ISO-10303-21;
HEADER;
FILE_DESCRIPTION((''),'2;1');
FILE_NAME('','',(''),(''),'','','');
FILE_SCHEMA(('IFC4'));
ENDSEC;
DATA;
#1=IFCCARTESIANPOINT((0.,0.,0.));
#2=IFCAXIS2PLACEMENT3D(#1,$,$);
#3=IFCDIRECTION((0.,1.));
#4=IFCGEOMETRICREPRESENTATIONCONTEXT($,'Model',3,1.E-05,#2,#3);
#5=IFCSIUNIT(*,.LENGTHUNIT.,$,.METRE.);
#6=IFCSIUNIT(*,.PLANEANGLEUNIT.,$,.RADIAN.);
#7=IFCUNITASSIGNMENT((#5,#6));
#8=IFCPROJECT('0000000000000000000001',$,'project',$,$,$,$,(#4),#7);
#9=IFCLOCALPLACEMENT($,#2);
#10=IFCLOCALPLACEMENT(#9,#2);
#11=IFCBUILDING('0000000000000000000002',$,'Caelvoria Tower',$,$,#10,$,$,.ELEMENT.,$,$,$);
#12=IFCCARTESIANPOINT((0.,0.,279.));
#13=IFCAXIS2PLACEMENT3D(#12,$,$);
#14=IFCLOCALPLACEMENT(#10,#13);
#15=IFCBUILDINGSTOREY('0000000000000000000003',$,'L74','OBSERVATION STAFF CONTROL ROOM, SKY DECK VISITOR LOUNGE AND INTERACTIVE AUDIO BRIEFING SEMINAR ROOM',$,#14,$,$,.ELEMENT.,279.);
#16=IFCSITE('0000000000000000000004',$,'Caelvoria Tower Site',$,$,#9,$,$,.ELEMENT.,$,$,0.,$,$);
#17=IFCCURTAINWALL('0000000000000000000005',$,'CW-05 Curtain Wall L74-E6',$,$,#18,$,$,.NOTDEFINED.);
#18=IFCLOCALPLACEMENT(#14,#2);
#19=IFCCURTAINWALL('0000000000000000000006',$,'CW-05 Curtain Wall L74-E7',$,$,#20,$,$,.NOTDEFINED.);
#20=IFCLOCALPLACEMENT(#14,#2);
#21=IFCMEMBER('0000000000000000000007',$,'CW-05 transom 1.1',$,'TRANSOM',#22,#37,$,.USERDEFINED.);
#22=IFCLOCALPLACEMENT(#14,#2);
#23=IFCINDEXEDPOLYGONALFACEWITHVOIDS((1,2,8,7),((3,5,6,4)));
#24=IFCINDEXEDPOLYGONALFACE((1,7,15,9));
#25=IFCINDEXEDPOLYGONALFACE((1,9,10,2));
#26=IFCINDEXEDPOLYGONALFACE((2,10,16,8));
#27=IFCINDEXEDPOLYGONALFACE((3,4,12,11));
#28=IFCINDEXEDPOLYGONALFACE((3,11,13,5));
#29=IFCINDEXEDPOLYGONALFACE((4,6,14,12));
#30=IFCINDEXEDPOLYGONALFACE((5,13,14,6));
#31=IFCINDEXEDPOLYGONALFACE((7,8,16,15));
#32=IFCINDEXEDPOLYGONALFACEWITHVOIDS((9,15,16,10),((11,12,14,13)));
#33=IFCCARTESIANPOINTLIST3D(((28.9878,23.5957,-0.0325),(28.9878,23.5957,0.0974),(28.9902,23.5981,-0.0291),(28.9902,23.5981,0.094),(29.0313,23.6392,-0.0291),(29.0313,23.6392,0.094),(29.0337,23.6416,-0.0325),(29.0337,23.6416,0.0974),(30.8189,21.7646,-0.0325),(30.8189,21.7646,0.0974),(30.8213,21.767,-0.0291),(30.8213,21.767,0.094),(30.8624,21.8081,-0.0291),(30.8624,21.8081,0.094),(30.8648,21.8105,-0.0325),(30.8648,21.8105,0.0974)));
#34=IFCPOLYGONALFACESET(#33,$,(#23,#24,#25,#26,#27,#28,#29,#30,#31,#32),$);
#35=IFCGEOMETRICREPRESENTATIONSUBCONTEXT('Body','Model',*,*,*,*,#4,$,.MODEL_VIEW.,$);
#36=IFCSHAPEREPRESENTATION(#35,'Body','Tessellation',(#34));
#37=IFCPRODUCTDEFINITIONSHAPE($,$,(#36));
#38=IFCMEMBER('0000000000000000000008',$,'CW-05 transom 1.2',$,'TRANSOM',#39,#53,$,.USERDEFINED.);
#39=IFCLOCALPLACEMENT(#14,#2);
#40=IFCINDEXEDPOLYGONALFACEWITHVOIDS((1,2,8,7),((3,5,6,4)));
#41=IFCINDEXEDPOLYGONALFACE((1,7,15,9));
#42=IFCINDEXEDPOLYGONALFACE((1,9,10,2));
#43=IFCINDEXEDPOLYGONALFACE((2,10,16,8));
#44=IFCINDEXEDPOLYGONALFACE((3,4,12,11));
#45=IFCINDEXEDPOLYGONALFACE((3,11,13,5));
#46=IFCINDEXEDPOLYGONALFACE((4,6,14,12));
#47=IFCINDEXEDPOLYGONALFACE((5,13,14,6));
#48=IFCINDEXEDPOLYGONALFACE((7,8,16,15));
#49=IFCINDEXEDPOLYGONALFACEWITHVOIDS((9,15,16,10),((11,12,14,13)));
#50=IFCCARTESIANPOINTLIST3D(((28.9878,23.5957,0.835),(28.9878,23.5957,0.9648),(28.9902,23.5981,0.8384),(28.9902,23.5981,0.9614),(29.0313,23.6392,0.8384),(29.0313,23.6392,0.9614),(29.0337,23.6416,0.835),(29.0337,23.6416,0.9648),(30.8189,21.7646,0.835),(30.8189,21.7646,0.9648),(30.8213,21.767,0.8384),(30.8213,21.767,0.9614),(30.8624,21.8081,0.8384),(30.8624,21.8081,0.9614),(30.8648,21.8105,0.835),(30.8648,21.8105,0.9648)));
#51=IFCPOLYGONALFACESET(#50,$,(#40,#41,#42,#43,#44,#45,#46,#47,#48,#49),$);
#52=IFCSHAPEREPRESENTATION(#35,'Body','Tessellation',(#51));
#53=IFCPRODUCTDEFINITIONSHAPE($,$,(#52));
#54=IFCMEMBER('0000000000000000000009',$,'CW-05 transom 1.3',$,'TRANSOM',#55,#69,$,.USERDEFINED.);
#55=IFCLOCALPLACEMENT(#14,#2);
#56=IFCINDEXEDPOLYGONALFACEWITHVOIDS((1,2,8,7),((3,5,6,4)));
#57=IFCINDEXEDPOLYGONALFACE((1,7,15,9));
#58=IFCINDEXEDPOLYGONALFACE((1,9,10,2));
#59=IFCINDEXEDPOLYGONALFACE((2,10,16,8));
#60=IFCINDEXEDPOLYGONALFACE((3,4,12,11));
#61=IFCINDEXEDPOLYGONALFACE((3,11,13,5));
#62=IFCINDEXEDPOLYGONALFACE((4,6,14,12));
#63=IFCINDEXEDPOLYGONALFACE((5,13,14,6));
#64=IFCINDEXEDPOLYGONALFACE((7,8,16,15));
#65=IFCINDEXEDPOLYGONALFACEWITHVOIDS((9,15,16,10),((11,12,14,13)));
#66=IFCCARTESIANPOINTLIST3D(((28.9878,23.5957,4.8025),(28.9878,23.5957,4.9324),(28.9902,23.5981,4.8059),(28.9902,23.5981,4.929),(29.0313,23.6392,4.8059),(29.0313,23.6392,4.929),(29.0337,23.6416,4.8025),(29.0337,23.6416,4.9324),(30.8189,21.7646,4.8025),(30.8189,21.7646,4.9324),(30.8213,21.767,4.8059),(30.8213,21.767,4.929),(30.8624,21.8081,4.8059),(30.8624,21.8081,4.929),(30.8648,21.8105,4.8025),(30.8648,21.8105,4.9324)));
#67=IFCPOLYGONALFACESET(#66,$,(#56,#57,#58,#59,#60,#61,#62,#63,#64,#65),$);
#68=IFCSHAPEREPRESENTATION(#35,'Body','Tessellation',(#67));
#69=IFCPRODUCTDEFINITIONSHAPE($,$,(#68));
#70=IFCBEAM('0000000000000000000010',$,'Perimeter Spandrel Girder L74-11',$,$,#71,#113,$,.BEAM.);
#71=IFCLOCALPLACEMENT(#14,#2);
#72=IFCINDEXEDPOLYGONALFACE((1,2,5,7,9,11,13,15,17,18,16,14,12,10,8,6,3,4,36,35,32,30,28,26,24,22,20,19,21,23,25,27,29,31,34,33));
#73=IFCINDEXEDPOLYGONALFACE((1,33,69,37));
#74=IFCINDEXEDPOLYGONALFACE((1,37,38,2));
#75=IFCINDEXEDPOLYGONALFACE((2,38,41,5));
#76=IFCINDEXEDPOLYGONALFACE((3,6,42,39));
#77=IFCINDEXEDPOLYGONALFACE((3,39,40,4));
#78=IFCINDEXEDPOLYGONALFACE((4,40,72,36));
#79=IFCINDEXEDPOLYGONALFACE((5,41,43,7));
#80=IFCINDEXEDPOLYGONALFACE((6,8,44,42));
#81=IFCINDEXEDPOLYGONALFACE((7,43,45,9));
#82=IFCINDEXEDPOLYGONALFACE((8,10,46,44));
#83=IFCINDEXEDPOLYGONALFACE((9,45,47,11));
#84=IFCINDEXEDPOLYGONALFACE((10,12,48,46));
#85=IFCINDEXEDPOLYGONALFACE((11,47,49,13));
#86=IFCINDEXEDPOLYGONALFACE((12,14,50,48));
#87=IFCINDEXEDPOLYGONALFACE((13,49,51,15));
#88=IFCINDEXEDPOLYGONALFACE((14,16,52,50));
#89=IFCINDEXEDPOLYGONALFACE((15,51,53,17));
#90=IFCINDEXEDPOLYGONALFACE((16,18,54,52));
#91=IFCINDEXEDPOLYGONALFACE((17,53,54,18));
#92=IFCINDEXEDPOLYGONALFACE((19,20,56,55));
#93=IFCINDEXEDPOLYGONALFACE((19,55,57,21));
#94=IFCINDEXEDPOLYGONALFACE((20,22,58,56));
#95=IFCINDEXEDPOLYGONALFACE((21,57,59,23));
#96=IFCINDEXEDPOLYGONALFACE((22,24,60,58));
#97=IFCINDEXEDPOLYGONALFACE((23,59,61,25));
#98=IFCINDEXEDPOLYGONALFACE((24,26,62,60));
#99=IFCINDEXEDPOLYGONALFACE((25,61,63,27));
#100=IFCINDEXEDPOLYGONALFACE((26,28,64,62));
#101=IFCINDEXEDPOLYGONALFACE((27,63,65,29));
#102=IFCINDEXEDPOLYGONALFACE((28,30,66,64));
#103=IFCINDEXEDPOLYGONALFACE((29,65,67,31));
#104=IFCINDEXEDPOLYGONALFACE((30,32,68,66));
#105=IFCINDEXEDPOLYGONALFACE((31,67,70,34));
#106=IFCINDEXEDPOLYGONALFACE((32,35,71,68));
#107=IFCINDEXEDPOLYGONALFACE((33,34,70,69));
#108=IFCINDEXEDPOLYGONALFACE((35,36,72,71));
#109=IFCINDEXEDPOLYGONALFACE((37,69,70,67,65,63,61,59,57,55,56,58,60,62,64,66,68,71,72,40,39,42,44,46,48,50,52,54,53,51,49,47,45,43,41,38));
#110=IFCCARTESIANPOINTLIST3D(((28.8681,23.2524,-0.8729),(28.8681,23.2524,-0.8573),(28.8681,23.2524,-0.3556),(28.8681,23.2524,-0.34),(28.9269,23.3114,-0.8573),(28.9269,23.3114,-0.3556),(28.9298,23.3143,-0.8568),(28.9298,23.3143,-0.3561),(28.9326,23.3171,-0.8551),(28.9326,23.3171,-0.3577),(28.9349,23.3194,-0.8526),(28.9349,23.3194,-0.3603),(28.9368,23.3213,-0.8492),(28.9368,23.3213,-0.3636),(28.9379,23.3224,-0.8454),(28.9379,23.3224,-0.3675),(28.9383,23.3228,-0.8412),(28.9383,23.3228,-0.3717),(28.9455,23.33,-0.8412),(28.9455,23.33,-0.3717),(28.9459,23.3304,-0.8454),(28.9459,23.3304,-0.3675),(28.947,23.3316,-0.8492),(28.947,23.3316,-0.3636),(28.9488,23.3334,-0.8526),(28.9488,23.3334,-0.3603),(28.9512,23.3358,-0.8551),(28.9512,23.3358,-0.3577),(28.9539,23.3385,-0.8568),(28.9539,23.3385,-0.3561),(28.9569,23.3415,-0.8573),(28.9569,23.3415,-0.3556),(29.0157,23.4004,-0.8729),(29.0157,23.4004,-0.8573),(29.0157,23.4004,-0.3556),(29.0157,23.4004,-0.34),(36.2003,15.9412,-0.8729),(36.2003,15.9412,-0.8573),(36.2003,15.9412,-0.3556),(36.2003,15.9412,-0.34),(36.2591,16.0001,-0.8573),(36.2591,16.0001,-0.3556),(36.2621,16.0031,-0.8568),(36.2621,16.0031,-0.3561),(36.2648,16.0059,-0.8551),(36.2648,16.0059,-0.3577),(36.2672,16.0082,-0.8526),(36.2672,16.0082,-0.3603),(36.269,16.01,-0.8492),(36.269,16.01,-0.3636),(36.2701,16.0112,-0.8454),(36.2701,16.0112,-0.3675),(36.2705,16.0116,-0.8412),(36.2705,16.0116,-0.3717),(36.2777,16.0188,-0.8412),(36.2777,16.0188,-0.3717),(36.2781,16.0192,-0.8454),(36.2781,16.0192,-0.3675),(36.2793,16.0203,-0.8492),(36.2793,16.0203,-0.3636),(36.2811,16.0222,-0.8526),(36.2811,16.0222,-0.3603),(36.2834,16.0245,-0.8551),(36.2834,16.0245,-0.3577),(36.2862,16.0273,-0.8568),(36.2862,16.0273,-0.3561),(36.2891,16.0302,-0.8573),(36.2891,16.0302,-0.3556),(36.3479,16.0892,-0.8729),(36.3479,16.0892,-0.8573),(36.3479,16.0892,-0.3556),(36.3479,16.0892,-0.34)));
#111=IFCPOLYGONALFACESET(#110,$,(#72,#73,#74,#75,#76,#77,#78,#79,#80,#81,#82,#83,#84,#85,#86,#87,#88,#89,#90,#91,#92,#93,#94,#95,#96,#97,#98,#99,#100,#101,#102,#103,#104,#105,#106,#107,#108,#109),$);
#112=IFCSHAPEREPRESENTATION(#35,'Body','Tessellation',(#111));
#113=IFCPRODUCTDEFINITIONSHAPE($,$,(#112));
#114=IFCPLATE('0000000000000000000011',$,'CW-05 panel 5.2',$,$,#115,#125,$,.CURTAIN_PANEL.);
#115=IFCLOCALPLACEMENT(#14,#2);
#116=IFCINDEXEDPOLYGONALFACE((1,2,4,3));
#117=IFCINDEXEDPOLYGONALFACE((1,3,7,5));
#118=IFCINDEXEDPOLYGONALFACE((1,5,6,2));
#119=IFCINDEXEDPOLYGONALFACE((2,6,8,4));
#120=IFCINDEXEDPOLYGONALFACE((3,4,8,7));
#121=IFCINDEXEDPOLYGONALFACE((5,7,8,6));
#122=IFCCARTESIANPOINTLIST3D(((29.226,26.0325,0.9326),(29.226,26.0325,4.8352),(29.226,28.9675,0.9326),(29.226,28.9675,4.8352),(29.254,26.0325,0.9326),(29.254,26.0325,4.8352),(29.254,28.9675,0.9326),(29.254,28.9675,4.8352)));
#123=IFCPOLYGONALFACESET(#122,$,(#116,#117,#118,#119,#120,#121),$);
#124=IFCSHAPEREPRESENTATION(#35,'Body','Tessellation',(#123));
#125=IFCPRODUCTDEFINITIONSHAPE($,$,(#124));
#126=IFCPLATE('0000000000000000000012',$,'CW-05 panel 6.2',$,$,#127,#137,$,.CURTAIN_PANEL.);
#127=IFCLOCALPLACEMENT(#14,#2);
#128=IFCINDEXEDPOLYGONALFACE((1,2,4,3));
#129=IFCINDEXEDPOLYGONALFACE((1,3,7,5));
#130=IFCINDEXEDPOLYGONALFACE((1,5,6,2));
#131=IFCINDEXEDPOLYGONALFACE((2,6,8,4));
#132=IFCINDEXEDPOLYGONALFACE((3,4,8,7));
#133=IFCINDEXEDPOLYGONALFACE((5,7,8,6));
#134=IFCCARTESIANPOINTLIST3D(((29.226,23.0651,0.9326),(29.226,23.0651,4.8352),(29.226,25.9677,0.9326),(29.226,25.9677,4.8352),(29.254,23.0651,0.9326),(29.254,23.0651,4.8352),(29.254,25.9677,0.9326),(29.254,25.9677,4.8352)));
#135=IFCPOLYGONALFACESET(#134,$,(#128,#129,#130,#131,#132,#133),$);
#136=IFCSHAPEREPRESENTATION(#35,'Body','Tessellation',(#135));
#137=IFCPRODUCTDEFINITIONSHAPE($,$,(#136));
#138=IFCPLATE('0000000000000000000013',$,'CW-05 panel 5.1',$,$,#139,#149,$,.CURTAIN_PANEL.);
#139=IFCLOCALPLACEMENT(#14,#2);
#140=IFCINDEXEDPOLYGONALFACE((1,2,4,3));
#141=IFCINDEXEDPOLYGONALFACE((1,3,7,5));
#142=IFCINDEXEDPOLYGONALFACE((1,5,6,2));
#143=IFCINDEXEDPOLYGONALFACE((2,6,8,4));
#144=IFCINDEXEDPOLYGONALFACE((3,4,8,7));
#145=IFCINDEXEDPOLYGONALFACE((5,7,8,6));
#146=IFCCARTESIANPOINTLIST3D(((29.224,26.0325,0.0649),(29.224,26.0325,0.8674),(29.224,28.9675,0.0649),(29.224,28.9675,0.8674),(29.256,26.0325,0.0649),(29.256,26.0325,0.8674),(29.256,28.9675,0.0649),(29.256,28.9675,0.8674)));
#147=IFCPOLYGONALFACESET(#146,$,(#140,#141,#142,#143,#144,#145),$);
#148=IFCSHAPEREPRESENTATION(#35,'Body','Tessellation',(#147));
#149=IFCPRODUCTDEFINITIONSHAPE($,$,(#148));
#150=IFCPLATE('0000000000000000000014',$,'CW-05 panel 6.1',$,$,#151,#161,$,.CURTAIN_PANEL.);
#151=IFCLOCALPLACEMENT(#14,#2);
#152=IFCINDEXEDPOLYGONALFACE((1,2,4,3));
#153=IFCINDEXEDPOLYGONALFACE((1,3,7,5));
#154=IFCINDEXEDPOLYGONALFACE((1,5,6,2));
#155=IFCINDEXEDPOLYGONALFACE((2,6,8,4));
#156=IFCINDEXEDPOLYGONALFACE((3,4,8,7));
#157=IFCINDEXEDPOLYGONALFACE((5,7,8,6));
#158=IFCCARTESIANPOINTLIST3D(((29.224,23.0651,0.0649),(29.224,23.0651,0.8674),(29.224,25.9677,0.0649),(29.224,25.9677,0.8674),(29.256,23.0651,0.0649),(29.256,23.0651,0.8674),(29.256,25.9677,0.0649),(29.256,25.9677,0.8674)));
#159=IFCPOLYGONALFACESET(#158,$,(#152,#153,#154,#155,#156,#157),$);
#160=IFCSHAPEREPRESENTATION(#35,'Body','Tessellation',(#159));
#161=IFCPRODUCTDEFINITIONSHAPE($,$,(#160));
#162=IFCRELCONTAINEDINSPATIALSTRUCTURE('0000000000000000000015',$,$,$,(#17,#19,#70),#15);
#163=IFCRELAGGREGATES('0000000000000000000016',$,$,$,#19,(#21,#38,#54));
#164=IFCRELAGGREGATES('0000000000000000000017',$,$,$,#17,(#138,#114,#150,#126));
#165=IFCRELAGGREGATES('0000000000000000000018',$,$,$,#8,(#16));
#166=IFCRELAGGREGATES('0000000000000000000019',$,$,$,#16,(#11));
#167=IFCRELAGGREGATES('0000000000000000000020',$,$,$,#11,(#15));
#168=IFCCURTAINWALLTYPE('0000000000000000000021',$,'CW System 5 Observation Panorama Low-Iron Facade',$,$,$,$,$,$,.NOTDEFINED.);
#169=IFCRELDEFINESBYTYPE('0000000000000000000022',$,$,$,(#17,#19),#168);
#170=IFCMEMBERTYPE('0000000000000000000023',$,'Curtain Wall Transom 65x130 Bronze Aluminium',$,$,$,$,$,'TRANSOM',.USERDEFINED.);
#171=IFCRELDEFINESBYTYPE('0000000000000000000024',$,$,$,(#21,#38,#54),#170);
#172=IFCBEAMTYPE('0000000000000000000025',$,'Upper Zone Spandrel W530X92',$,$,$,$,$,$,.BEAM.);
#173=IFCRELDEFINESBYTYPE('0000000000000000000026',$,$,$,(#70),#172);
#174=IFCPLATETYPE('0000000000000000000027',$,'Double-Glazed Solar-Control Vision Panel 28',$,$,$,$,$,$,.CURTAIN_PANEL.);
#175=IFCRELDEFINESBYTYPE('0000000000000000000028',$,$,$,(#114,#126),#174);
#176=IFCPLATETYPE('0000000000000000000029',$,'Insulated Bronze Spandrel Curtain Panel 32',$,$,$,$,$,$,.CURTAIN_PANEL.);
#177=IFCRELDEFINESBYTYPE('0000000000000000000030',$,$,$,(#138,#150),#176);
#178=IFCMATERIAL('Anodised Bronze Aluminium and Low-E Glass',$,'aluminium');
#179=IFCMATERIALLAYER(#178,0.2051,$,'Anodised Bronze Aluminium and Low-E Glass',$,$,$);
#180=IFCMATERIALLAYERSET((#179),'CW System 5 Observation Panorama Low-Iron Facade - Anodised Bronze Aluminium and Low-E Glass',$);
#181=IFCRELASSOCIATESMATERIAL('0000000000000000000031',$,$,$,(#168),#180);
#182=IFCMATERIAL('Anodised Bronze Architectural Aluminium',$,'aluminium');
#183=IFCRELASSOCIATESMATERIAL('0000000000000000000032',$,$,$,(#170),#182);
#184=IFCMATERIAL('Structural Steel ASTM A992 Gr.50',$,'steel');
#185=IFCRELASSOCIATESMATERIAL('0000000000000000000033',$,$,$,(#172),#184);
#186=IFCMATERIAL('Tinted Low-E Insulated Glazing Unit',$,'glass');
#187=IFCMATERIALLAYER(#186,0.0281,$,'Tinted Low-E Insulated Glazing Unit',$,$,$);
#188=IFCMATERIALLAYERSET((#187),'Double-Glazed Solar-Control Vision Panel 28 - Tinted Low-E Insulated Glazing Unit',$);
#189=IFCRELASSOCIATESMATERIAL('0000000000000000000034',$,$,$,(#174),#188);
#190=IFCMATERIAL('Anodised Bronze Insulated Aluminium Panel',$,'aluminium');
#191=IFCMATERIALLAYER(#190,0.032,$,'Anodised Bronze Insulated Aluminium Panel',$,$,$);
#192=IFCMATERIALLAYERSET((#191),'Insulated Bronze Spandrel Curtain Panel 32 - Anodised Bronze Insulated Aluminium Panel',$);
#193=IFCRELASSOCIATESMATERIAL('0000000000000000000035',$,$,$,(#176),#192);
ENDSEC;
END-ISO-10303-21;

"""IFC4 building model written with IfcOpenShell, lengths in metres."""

from ifc_helpers import new_model, si_unit, direction, frame, origin, origin_2d, place, context, subcontext, project, spatial, rectangle, hollow_rectangle, i_section, extrude, material, layer, layer_set, material_profile, profile_set, type_object, element, aggregate, save


model = new_model("IFC4")

# Units and contexts
model_context = context("Model", 3, precision=1e-05, world=origin(), true_north=direction((0.0, 1.0)))
body_context = subcontext(model_context, "Body", "Model", "MODEL_VIEW")
ifc_project = project(units=[si_unit("LENGTHUNIT", "METRE"), si_unit("PLANEANGLEUNIT", "RADIAN")], contexts=[model_context])

# Site, building, storey
site_placement = place(None, origin())
site = spatial("IfcSite", under=ifc_project, at=site_placement, Name="Caelvoria Tower Site", CompositionType="ELEMENT", RefElevation=0.0)
building_placement = place(site_placement, origin())
building = spatial("IfcBuilding", under=site, at=building_placement, Name="Caelvoria Tower", CompositionType="ELEMENT")
storey_placement = place(building_placement, frame((0.0, 0.0, 279.0)))
storey = spatial("IfcBuildingStorey", under=building, at=storey_placement, Name="L74", Description="OBSERVATION STAFF CONTROL ROOM, SKY DECK VISITOR LOUNGE AND INTERACTIVE AUDIO BRIEFING SEMINAR ROOM", CompositionType="ELEMENT", Elevation=279.0)

# Curtain wall
ifc_material_1 = material(Name="Anodised Bronze Aluminium and Low-E Glass", Category="aluminium")
ifc_layer_1 = layer(ifc_material_1, 0.2051, Name="Anodised Bronze Aluminium and Low-E Glass")
ifc_layer_set_1 = layer_set([ifc_layer_1], Name="CW System 5 Observation Panorama Low-Iron Facade - Anodised Bronze Aluminium and Low-E Glass")
curtain_wall_type = type_object("IfcCurtainWallType", Name="CW System 5 Observation Panorama Low-Iron Facade", PredefinedType="NOTDEFINED", material=ifc_layer_set_1)
curtain_wall_1_placement = place(storey_placement, origin())
curtain_wall_1 = element("IfcCurtainWall", 1, at=curtain_wall_1_placement, inside=storey, type_object=curtain_wall_type, Name="CW-05 Curtain Wall L74-E6", PredefinedType="NOTDEFINED")
ifc_material_2 = material(Name="Anodised Bronze Architectural Aluminium", Category="aluminium")

# Curtain wall
curtain_wall_2_placement = place(storey_placement, origin())
curtain_wall_2 = element("IfcCurtainWall", 2, at=curtain_wall_2_placement, inside=storey, type_object=curtain_wall_type, Name="CW-05 Curtain Wall L74-E7", PredefinedType="NOTDEFINED")

# Members
ifc_material_profile_1 = material_profile(ifc_material_2, hollow_rectangle(XDim=0.0649, YDim=0.1299, WallThickness=0.0034, at=origin_2d()), Name="Anodised Bronze Architectural Aluminium")
ifc_profile_set_1 = profile_set([ifc_material_profile_1], Name="CW_TRAN_65X130 - Anodised Bronze Architectural Aluminium")
member_type_1 = type_object("IfcMemberType", Name="Curtain Wall Transom 65x130 Bronze Aluminium", ElementType="TRANSOM", PredefinedType="USERDEFINED", material=ifc_profile_set_1)
member_1_placement = place(storey_placement, frame((29.0107, 23.6187, 0.0325), z_axis=(0.707107, -0.707107, 0.0), x_axis=(0.707107, 0.707107, 0.0)))
member_1 = element("IfcMember", 3, at=member_1_placement, type_object=member_type_1, Name="CW-05 transom 1.1", ObjectType="TRANSOM", PredefinedType="USERDEFINED", context=body_context, shape_type="SweptSolid", body=[
    extrude(hollow_rectangle(XDim=0.0649, YDim=0.1299, WallThickness=0.0034, at=origin_2d()), origin(), (0.0, 0.0, 1.0), 2.5896),
])
member_2_placement = place(storey_placement, frame((29.0107, 23.6187, 0.8999), z_axis=(0.707107, -0.707107, 0.0), x_axis=(0.707107, 0.707107, 0.0)))
member_2 = element("IfcMember", 4, at=member_2_placement, type_object=member_type_1, Name="CW-05 transom 1.2", ObjectType="TRANSOM", PredefinedType="USERDEFINED", context=body_context, shape_type="SweptSolid", body=[
    extrude(hollow_rectangle(XDim=0.0649, YDim=0.1299, WallThickness=0.0034, at=origin_2d()), origin(), (0.0, 0.0, 1.0), 2.5896),
])
member_3_placement = place(storey_placement, frame((29.0107, 23.6187, 4.8674), z_axis=(0.707107, -0.707107, 0.0), x_axis=(0.707107, 0.707107, 0.0)))
member_3 = element("IfcMember", 5, at=member_3_placement, type_object=member_type_1, Name="CW-05 transom 1.3", ObjectType="TRANSOM", PredefinedType="USERDEFINED", context=body_context, shape_type="SweptSolid", body=[
    extrude(hollow_rectangle(XDim=0.0649, YDim=0.1299, WallThickness=0.0034, at=origin_2d()), origin(), (0.0, 0.0, 1.0), 2.5896),
])
aggregate(curtain_wall_2, [member_1, member_2, member_3])

# Beam
ifc_material_3 = material(Name="Structural Steel ASTM A992 Gr.50", Category="steel")
ifc_material_profile_2 = material_profile(ifc_material_3, i_section(OverallWidth=0.209, OverallDepth=0.533, WebThickness=0.0103, FlangeThickness=0.0156, FilletRadius=0.0161, at=origin_2d()), Name="Structural Steel ASTM A992 Gr.50")
ifc_profile_set_2 = profile_set([ifc_material_profile_2], Name="W530X92 - Structural Steel ASTM A992 Gr.50")
beam_type = type_object("IfcBeamType", Name="Upper Zone Spandrel W530X92", PredefinedType="BEAM", material=ifc_profile_set_2)
beam_placement = place(storey_placement, frame((28.9419, 23.3264, -0.6064), z_axis=(0.70812, -0.706092, 0.0), x_axis=(0.706092, 0.70812, 0.0)))
element("IfcBeam", 6, at=beam_placement, inside=storey, type_object=beam_type, Name="Perimeter Spandrel Girder L74-11", PredefinedType="BEAM", context=body_context, shape_type="SweptSolid", body=[
    extrude(i_section(OverallWidth=0.209, OverallDepth=0.533, WebThickness=0.0103, FlangeThickness=0.0156, FilletRadius=0.0161, at=origin_2d()), origin(), (0.0, 0.0, 1.0), 10.3545),
])

# Plates
ifc_material_4 = material(Name="Tinted Low-E Insulated Glazing Unit", Category="glass")
ifc_layer_2 = layer(ifc_material_4, 0.0281, Name="Tinted Low-E Insulated Glazing Unit")
ifc_layer_set_2 = layer_set([ifc_layer_2], Name="Double-Glazed Solar-Control Vision Panel 28 - Tinted Low-E Insulated Glazing Unit")
plate_type_1 = type_object("IfcPlateType", Name="Double-Glazed Solar-Control Vision Panel 28", PredefinedType="CURTAIN_PANEL", material=ifc_layer_set_2)
plate_1_placement = place(storey_placement, frame((29.24, 27.5, 0.9326), z_axis=(0.0, 0.0, 1.0), x_axis=(0.0, -1.0, 0.0)))
plate_1 = element("IfcPlate", 7, at=plate_1_placement, type_object=plate_type_1, Name="CW-05 panel 5.2", PredefinedType="CURTAIN_PANEL", context=body_context, shape_type="SweptSolid", body=[
    extrude(rectangle(XDim=2.9351, YDim=0.0281, at=origin_2d()), origin(), (0.0, 0.0, 1.0), 3.9026),
])
plate_2_placement = place(storey_placement, frame((29.24, 24.5164, 0.9326), z_axis=(0.0, 0.0, 1.0), x_axis=(0.0, -1.0, 0.0)))
plate_2 = element("IfcPlate", 8, at=plate_2_placement, type_object=plate_type_1, Name="CW-05 panel 6.2", PredefinedType="CURTAIN_PANEL", context=body_context, shape_type="SweptSolid", body=[
    extrude(rectangle(XDim=2.9026, YDim=0.0281, at=origin_2d()), origin(), (0.0, 0.0, 1.0), 3.9026),
])
ifc_material_5 = material(Name="Anodised Bronze Insulated Aluminium Panel", Category="aluminium")
ifc_layer_3 = layer(ifc_material_5, 0.032, Name="Anodised Bronze Insulated Aluminium Panel")
ifc_layer_set_3 = layer_set([ifc_layer_3], Name="Insulated Bronze Spandrel Curtain Panel 32 - Anodised Bronze Insulated Aluminium Panel")
plate_type_2 = type_object("IfcPlateType", Name="Insulated Bronze Spandrel Curtain Panel 32", PredefinedType="CURTAIN_PANEL", material=ifc_layer_set_3)
plate_3_placement = place(storey_placement, frame((29.24, 27.5, 0.0649), z_axis=(0.0, 0.0, 1.0), x_axis=(0.0, -1.0, 0.0)))
plate_3 = element("IfcPlate", 9, at=plate_3_placement, type_object=plate_type_2, Name="CW-05 panel 5.1", PredefinedType="CURTAIN_PANEL", context=body_context, shape_type="SweptSolid", body=[
    extrude(rectangle(XDim=2.9351, YDim=0.032, at=origin_2d()), origin(), (0.0, 0.0, 1.0), 0.8025),
])
plate_4_placement = place(storey_placement, frame((29.24, 24.5164, 0.0649), z_axis=(0.0, 0.0, 1.0), x_axis=(0.0, -1.0, 0.0)))
plate_4 = element("IfcPlate", 10, at=plate_4_placement, type_object=plate_type_2, Name="CW-05 panel 6.1", PredefinedType="CURTAIN_PANEL", context=body_context, shape_type="SweptSolid", body=[
    extrude(rectangle(XDim=2.9026, YDim=0.032, at=origin_2d()), origin(), (0.0, 0.0, 1.0), 0.8025),
])
aggregate(curtain_wall_1, [plate_3, plate_1, plate_4, plate_2])

save(model, "model.ifc")
